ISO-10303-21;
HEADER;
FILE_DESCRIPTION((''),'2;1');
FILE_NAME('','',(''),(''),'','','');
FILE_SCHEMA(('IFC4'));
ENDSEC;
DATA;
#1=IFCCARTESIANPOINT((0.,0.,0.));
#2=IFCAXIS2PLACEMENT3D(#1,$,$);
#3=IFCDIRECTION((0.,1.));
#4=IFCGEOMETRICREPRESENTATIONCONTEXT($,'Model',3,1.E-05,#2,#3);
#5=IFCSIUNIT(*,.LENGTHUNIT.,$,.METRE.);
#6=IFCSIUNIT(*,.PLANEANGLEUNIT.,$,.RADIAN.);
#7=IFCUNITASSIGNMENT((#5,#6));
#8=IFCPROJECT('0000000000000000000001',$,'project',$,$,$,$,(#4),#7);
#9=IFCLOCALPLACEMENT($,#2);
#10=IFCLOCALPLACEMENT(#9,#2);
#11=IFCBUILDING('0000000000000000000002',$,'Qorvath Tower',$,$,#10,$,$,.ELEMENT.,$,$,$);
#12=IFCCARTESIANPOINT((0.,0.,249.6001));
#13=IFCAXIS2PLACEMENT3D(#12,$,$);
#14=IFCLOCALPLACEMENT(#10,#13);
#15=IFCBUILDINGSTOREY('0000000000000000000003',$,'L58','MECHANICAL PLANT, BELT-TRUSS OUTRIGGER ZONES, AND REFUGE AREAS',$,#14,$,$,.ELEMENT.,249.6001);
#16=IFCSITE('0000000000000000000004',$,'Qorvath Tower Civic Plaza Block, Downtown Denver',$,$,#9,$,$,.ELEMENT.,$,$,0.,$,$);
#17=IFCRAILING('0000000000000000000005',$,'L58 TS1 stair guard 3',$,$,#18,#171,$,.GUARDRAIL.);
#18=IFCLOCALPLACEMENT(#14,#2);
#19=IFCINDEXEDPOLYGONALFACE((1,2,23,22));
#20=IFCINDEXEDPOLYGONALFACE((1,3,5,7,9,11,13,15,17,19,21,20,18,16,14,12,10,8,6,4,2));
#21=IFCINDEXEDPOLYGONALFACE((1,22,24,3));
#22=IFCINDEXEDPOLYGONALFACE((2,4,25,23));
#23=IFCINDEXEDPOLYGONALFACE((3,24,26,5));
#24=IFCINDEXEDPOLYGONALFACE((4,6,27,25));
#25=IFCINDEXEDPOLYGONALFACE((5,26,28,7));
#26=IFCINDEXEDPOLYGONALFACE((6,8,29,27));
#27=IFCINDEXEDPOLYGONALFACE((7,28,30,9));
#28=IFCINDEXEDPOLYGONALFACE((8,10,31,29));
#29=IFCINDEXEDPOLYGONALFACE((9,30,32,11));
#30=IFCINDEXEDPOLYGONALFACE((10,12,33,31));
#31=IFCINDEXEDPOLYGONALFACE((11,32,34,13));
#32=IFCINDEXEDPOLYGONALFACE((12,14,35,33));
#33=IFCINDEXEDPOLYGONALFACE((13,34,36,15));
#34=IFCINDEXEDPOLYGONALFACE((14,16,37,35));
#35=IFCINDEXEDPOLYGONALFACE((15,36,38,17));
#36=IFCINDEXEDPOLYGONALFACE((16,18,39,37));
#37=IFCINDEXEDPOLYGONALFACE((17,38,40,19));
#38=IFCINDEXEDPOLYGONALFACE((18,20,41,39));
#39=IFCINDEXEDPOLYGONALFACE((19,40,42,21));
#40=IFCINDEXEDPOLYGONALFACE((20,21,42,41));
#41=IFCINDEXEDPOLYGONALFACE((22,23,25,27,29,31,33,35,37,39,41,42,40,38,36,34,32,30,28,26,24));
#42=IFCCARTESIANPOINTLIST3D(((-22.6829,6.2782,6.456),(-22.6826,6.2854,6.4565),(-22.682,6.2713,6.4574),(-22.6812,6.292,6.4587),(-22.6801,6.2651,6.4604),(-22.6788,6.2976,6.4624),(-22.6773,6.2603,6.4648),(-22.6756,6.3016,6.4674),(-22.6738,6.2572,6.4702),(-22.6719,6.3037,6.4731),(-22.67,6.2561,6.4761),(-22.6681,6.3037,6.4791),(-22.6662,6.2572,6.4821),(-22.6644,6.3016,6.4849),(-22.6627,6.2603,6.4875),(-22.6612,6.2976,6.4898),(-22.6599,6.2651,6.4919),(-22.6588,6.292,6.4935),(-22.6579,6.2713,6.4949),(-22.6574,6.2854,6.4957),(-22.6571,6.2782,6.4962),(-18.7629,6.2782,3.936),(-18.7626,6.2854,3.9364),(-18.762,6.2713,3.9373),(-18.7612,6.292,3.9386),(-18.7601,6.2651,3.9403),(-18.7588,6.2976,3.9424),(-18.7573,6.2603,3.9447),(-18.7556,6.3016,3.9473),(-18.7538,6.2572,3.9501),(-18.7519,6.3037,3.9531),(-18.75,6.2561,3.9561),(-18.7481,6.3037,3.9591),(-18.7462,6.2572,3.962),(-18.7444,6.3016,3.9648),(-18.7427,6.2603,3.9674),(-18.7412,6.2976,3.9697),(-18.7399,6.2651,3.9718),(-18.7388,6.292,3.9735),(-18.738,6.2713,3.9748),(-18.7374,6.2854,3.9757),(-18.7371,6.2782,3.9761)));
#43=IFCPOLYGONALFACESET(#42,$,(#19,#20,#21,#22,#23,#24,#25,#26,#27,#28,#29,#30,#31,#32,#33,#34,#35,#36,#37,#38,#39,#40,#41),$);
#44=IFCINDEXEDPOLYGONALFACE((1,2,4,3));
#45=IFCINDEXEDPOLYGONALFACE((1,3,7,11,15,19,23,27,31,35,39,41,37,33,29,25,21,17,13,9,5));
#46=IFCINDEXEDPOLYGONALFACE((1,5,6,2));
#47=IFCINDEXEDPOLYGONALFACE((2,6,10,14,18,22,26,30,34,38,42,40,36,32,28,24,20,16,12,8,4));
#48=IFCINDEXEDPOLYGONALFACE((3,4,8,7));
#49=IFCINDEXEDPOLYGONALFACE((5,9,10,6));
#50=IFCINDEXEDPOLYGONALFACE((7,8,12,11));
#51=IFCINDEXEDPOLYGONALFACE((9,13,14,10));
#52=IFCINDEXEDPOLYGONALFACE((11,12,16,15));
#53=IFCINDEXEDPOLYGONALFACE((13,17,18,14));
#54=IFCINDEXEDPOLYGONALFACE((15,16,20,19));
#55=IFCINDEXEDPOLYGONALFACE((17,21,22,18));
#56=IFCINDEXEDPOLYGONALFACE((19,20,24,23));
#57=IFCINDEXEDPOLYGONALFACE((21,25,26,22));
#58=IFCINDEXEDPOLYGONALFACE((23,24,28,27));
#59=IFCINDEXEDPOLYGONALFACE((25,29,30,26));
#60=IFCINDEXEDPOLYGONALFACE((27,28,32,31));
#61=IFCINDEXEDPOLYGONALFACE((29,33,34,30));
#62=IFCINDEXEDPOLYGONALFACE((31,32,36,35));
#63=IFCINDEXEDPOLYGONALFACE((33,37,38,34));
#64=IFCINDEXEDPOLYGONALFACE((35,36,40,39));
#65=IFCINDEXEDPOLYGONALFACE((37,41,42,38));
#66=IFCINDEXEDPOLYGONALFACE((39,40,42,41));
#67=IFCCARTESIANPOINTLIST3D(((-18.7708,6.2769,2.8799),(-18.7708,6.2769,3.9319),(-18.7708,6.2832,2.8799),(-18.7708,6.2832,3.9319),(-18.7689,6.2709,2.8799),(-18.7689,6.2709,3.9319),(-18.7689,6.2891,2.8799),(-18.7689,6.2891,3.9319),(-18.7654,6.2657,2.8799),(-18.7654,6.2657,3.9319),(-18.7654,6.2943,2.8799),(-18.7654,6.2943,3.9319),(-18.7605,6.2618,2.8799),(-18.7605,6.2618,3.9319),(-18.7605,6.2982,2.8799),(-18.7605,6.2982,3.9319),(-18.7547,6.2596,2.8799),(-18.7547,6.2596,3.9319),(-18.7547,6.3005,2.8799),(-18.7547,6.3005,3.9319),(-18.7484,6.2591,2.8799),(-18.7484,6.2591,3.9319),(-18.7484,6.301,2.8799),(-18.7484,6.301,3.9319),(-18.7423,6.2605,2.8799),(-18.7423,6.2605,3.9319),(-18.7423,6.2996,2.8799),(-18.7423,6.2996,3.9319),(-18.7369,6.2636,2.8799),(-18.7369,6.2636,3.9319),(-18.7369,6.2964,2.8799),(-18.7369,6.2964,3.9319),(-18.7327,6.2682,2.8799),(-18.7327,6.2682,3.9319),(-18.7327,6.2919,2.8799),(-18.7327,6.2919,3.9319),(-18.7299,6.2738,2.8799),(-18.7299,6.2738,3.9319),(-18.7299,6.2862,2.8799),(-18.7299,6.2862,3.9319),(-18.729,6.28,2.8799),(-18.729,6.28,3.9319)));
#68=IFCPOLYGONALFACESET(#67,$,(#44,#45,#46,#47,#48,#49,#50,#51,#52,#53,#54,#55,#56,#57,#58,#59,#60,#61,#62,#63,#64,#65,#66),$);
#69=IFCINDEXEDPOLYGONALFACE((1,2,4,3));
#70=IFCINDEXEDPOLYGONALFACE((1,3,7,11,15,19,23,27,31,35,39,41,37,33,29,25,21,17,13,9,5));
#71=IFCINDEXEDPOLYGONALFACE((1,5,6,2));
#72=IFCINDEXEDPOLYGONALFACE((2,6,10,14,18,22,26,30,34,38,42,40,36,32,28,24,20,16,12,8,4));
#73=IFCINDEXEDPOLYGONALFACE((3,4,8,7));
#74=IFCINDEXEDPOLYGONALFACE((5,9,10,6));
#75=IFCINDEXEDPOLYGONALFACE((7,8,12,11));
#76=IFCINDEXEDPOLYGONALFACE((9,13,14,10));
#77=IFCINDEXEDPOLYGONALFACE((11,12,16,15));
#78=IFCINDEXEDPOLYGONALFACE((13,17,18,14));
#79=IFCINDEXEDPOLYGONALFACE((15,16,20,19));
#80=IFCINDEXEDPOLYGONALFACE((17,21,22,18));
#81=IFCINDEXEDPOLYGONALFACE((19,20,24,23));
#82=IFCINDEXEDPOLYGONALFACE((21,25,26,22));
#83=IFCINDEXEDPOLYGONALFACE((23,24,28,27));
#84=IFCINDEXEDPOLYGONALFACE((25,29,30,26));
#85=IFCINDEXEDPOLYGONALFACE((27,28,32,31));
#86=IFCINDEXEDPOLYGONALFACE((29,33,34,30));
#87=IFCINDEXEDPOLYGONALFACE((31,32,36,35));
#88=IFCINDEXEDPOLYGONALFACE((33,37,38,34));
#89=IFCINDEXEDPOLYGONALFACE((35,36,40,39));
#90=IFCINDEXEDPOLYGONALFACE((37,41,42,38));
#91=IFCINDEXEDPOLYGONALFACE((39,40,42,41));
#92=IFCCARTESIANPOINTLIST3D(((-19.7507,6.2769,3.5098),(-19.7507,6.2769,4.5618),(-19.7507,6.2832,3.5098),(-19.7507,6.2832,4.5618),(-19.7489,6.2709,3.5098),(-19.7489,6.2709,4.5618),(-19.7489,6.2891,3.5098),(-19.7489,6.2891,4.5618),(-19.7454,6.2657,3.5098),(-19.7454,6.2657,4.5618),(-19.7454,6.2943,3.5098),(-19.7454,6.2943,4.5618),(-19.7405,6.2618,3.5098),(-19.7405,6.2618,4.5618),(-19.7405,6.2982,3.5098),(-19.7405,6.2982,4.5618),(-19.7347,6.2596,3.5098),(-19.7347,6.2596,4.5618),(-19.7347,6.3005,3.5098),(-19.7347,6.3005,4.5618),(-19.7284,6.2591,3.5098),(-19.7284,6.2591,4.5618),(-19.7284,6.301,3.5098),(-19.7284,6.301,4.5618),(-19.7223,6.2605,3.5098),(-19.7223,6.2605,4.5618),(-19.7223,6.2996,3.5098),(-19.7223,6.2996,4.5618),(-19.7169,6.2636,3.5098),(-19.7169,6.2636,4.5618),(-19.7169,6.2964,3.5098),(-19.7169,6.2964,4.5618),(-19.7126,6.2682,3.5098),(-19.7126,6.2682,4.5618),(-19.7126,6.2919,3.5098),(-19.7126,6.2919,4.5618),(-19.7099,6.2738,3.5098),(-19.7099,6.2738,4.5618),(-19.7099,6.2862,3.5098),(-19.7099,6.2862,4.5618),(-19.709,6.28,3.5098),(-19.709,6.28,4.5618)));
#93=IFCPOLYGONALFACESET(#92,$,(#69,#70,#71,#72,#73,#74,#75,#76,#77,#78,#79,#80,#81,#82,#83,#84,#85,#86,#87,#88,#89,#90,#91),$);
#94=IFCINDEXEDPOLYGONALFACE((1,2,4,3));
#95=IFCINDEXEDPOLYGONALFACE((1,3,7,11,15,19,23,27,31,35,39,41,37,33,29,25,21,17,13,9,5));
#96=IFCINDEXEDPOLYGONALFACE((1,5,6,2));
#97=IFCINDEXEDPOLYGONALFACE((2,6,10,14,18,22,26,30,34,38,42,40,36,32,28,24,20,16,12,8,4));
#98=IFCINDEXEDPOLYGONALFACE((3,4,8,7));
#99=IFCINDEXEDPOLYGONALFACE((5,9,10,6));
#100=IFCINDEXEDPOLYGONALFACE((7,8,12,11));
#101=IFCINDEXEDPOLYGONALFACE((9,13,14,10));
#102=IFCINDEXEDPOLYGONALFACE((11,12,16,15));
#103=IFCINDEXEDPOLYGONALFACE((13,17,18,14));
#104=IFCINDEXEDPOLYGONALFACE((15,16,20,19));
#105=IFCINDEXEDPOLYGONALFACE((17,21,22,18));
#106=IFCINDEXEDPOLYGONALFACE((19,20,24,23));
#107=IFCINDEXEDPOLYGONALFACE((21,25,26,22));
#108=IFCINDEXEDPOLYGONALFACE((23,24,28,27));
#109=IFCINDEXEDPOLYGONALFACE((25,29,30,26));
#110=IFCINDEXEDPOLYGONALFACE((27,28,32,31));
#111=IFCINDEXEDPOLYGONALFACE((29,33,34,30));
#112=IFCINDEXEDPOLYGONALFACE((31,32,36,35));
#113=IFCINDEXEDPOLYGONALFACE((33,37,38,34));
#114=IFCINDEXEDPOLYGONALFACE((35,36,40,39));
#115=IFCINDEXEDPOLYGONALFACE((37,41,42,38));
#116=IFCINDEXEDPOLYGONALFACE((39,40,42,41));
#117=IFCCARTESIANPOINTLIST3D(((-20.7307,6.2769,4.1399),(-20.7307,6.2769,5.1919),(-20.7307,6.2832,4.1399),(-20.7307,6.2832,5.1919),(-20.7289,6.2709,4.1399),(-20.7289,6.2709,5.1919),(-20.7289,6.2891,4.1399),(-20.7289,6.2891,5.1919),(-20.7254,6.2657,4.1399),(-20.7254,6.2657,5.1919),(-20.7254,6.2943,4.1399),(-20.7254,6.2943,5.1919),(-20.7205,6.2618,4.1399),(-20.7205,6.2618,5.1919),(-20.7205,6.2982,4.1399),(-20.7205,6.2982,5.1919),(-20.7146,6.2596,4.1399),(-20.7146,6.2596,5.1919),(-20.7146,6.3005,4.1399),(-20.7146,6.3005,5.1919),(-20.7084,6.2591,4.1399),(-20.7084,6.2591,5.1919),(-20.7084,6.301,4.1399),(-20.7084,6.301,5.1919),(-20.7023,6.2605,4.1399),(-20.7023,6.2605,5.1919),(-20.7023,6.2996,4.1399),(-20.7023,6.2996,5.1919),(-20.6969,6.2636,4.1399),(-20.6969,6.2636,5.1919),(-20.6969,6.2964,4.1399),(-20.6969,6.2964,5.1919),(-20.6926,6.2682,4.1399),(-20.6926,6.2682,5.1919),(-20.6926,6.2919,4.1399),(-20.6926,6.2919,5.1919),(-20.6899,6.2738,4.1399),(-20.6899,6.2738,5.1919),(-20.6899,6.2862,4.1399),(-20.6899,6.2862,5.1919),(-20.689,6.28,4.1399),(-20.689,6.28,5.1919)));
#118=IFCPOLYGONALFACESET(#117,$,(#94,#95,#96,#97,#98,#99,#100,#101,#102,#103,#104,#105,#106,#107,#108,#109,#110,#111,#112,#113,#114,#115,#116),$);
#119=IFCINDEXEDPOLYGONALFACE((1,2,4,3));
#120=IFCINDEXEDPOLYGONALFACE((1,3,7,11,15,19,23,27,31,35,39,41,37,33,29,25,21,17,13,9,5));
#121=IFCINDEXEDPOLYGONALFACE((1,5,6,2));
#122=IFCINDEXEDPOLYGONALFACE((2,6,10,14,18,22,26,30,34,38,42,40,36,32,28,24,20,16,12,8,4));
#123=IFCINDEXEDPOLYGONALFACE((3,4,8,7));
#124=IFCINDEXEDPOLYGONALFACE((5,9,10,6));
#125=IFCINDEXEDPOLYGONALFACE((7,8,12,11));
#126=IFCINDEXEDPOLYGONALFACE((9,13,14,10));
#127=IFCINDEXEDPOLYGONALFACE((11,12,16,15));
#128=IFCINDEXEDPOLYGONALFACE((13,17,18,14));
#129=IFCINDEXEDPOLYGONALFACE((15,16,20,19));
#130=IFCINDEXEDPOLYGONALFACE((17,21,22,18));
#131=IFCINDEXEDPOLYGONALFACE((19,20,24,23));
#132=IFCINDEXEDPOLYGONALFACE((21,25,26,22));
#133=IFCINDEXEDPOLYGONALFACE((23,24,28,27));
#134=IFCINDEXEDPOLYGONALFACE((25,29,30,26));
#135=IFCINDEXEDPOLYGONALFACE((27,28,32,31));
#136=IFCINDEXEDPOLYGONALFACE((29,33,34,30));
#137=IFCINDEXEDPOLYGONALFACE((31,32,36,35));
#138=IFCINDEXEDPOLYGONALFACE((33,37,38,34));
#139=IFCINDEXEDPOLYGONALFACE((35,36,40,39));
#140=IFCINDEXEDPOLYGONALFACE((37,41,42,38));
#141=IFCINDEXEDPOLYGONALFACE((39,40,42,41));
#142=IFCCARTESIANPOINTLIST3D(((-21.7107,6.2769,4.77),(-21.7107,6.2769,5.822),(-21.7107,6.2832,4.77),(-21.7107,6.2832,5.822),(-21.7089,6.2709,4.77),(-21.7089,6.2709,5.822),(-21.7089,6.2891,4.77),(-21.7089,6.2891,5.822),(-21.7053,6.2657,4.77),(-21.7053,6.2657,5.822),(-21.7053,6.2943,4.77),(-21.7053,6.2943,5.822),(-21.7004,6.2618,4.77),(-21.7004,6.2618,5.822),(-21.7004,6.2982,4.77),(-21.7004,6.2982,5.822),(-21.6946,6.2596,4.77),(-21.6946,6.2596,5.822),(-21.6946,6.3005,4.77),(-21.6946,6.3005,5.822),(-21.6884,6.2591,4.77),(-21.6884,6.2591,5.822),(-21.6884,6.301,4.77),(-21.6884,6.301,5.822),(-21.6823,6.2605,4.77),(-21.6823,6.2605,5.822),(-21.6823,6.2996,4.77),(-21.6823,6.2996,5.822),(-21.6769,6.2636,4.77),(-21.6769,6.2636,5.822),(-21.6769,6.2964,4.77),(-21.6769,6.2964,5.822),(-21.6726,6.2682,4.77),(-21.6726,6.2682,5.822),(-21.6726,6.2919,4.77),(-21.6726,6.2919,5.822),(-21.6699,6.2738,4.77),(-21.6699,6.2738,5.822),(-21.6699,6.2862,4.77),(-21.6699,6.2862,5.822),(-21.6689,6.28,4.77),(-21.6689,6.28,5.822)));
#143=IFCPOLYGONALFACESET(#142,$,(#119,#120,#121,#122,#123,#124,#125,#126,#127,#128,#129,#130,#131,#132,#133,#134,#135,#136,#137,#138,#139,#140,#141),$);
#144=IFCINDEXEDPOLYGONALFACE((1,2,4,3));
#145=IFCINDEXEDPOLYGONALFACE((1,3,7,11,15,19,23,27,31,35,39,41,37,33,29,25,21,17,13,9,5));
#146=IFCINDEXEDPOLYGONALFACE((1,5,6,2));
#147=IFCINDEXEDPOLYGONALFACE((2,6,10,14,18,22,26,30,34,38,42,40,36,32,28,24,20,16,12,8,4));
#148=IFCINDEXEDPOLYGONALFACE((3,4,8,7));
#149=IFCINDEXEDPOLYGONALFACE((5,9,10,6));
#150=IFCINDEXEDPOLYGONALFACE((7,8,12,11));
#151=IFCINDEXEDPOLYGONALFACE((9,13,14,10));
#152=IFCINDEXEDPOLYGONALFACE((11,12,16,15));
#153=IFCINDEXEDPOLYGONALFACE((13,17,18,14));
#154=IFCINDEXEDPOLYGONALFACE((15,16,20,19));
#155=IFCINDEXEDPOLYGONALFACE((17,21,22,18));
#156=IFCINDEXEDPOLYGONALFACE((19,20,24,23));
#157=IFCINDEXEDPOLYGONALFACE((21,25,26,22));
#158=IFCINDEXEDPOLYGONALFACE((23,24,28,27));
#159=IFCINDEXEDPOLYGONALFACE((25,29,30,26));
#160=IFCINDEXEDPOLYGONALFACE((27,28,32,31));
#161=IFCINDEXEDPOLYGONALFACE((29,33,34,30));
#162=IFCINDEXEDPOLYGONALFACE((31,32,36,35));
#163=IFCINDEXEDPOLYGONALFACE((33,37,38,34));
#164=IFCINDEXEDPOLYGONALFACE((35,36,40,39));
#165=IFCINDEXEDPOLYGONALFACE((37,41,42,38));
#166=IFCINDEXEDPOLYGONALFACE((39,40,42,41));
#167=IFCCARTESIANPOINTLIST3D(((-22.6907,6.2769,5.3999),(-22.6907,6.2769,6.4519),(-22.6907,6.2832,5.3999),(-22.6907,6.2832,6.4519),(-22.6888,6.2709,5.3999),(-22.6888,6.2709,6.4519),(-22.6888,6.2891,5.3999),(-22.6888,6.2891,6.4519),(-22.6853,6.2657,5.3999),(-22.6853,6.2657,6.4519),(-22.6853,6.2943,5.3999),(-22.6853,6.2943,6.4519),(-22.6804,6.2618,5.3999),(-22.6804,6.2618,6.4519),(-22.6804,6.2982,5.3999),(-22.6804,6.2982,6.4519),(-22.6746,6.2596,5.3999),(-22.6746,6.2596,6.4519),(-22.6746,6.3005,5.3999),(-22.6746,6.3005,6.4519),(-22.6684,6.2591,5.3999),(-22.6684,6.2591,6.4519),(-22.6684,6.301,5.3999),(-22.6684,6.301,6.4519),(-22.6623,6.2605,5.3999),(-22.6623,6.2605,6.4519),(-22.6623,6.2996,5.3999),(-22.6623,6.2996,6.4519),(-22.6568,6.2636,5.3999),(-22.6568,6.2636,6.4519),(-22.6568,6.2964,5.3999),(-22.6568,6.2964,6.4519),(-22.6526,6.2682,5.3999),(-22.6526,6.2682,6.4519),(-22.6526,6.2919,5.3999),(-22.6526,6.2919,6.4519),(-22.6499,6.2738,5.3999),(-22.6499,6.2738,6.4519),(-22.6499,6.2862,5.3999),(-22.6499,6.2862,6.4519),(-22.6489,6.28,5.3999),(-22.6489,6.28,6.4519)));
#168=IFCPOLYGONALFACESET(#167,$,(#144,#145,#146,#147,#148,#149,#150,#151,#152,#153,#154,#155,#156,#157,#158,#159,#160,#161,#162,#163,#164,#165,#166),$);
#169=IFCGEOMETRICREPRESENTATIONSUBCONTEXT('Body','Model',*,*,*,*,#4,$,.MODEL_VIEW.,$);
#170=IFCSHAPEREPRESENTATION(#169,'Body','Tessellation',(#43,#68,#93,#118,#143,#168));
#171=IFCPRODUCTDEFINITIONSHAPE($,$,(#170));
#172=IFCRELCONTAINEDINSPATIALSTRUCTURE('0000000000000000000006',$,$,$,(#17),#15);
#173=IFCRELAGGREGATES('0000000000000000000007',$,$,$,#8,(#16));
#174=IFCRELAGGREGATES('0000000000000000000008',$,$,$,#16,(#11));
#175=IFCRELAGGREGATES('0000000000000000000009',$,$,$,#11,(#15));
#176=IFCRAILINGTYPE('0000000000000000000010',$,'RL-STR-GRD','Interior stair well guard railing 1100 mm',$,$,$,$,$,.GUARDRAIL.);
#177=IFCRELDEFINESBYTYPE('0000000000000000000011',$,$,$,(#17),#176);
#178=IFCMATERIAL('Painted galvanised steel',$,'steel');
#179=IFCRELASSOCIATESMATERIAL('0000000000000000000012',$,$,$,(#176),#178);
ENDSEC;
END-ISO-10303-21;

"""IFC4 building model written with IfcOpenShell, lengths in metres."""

from ifc_helpers import new_model, si_unit, direction, frame, origin, origin_2d, place, context, subcontext, project, spatial, circle, extrude, material, type_object, element, save


model = new_model("IFC4")

# Units and contexts
model_context = context("Model", 3, precision=1e-05, world=origin(), true_north=direction((0.0, 1.0)))
body_context = subcontext(model_context, "Body", "Model", "MODEL_VIEW")
ifc_project = project(units=[si_unit("LENGTHUNIT", "METRE"), si_unit("PLANEANGLEUNIT", "RADIAN")], contexts=[model_context])

# Site, building, storey
site_placement = place(None, origin())
site = spatial("IfcSite", under=ifc_project, at=site_placement, Name="Qorvath Tower Civic Plaza Block, Downtown Denver", CompositionType="ELEMENT", RefElevation=0.0)
building_placement = place(site_placement, origin())
building = spatial("IfcBuilding", under=site, at=building_placement, Name="Qorvath Tower", CompositionType="ELEMENT")
storey_placement = place(building_placement, frame((0.0, 0.0, 249.6001)))
storey = spatial("IfcBuildingStorey", under=building, at=storey_placement, Name="L58", Description="MECHANICAL PLANT, BELT-TRUSS OUTRIGGER ZONES, AND REFUGE AREAS", CompositionType="ELEMENT", Elevation=249.6001)

# Railing
ifc_material_1 = material(Name="Painted galvanised steel", Category="steel")
railing_type_1 = type_object("IfcRailingType", Name="RL-STR-GRD", Description="Interior stair well guard railing 1100 mm", PredefinedType="GUARDRAIL", material=ifc_material_1)
railing_1_placement = place(storey_placement, frame((-18.75, 6.28, 2.8799)))
element("IfcRailing", 1, at=railing_1_placement, inside=storey, type_object=railing_type_1, Name="L58 TS1 stair guard 3", PredefinedType="GUARDRAIL", context=body_context, shape_type="SweptSolid", body=[
    extrude(circle(Radius=0.0239, at=origin_2d()), frame((0.0, 0.0, 1.0762), z_axis=(-0.841172, 0.0, 0.540768), x_axis=(0.0, -1.0, 0.0)), (0.0, 0.0, 1.0), 4.6602),
    extrude(circle(Radius=0.021, at=origin_2d()), origin(), (0.0, 0.0, 1.0), 1.052),
    extrude(circle(Radius=0.021, at=origin_2d()), frame((-0.98, 0.0, 0.6299)), (0.0, 0.0, 1.0), 1.052),
    extrude(circle(Radius=0.021, at=origin_2d()), frame((-1.96, 0.0, 1.26)), (0.0, 0.0, 1.0), 1.052),
    extrude(circle(Radius=0.021, at=origin_2d()), frame((-2.9399, 0.0, 1.8901)), (0.0, 0.0, 1.0), 1.052),
    extrude(circle(Radius=0.021, at=origin_2d()), frame((-3.9199, 0.0, 2.52)), (0.0, 0.0, 1.0), 1.052),
])

save(model, "model.ifc")
